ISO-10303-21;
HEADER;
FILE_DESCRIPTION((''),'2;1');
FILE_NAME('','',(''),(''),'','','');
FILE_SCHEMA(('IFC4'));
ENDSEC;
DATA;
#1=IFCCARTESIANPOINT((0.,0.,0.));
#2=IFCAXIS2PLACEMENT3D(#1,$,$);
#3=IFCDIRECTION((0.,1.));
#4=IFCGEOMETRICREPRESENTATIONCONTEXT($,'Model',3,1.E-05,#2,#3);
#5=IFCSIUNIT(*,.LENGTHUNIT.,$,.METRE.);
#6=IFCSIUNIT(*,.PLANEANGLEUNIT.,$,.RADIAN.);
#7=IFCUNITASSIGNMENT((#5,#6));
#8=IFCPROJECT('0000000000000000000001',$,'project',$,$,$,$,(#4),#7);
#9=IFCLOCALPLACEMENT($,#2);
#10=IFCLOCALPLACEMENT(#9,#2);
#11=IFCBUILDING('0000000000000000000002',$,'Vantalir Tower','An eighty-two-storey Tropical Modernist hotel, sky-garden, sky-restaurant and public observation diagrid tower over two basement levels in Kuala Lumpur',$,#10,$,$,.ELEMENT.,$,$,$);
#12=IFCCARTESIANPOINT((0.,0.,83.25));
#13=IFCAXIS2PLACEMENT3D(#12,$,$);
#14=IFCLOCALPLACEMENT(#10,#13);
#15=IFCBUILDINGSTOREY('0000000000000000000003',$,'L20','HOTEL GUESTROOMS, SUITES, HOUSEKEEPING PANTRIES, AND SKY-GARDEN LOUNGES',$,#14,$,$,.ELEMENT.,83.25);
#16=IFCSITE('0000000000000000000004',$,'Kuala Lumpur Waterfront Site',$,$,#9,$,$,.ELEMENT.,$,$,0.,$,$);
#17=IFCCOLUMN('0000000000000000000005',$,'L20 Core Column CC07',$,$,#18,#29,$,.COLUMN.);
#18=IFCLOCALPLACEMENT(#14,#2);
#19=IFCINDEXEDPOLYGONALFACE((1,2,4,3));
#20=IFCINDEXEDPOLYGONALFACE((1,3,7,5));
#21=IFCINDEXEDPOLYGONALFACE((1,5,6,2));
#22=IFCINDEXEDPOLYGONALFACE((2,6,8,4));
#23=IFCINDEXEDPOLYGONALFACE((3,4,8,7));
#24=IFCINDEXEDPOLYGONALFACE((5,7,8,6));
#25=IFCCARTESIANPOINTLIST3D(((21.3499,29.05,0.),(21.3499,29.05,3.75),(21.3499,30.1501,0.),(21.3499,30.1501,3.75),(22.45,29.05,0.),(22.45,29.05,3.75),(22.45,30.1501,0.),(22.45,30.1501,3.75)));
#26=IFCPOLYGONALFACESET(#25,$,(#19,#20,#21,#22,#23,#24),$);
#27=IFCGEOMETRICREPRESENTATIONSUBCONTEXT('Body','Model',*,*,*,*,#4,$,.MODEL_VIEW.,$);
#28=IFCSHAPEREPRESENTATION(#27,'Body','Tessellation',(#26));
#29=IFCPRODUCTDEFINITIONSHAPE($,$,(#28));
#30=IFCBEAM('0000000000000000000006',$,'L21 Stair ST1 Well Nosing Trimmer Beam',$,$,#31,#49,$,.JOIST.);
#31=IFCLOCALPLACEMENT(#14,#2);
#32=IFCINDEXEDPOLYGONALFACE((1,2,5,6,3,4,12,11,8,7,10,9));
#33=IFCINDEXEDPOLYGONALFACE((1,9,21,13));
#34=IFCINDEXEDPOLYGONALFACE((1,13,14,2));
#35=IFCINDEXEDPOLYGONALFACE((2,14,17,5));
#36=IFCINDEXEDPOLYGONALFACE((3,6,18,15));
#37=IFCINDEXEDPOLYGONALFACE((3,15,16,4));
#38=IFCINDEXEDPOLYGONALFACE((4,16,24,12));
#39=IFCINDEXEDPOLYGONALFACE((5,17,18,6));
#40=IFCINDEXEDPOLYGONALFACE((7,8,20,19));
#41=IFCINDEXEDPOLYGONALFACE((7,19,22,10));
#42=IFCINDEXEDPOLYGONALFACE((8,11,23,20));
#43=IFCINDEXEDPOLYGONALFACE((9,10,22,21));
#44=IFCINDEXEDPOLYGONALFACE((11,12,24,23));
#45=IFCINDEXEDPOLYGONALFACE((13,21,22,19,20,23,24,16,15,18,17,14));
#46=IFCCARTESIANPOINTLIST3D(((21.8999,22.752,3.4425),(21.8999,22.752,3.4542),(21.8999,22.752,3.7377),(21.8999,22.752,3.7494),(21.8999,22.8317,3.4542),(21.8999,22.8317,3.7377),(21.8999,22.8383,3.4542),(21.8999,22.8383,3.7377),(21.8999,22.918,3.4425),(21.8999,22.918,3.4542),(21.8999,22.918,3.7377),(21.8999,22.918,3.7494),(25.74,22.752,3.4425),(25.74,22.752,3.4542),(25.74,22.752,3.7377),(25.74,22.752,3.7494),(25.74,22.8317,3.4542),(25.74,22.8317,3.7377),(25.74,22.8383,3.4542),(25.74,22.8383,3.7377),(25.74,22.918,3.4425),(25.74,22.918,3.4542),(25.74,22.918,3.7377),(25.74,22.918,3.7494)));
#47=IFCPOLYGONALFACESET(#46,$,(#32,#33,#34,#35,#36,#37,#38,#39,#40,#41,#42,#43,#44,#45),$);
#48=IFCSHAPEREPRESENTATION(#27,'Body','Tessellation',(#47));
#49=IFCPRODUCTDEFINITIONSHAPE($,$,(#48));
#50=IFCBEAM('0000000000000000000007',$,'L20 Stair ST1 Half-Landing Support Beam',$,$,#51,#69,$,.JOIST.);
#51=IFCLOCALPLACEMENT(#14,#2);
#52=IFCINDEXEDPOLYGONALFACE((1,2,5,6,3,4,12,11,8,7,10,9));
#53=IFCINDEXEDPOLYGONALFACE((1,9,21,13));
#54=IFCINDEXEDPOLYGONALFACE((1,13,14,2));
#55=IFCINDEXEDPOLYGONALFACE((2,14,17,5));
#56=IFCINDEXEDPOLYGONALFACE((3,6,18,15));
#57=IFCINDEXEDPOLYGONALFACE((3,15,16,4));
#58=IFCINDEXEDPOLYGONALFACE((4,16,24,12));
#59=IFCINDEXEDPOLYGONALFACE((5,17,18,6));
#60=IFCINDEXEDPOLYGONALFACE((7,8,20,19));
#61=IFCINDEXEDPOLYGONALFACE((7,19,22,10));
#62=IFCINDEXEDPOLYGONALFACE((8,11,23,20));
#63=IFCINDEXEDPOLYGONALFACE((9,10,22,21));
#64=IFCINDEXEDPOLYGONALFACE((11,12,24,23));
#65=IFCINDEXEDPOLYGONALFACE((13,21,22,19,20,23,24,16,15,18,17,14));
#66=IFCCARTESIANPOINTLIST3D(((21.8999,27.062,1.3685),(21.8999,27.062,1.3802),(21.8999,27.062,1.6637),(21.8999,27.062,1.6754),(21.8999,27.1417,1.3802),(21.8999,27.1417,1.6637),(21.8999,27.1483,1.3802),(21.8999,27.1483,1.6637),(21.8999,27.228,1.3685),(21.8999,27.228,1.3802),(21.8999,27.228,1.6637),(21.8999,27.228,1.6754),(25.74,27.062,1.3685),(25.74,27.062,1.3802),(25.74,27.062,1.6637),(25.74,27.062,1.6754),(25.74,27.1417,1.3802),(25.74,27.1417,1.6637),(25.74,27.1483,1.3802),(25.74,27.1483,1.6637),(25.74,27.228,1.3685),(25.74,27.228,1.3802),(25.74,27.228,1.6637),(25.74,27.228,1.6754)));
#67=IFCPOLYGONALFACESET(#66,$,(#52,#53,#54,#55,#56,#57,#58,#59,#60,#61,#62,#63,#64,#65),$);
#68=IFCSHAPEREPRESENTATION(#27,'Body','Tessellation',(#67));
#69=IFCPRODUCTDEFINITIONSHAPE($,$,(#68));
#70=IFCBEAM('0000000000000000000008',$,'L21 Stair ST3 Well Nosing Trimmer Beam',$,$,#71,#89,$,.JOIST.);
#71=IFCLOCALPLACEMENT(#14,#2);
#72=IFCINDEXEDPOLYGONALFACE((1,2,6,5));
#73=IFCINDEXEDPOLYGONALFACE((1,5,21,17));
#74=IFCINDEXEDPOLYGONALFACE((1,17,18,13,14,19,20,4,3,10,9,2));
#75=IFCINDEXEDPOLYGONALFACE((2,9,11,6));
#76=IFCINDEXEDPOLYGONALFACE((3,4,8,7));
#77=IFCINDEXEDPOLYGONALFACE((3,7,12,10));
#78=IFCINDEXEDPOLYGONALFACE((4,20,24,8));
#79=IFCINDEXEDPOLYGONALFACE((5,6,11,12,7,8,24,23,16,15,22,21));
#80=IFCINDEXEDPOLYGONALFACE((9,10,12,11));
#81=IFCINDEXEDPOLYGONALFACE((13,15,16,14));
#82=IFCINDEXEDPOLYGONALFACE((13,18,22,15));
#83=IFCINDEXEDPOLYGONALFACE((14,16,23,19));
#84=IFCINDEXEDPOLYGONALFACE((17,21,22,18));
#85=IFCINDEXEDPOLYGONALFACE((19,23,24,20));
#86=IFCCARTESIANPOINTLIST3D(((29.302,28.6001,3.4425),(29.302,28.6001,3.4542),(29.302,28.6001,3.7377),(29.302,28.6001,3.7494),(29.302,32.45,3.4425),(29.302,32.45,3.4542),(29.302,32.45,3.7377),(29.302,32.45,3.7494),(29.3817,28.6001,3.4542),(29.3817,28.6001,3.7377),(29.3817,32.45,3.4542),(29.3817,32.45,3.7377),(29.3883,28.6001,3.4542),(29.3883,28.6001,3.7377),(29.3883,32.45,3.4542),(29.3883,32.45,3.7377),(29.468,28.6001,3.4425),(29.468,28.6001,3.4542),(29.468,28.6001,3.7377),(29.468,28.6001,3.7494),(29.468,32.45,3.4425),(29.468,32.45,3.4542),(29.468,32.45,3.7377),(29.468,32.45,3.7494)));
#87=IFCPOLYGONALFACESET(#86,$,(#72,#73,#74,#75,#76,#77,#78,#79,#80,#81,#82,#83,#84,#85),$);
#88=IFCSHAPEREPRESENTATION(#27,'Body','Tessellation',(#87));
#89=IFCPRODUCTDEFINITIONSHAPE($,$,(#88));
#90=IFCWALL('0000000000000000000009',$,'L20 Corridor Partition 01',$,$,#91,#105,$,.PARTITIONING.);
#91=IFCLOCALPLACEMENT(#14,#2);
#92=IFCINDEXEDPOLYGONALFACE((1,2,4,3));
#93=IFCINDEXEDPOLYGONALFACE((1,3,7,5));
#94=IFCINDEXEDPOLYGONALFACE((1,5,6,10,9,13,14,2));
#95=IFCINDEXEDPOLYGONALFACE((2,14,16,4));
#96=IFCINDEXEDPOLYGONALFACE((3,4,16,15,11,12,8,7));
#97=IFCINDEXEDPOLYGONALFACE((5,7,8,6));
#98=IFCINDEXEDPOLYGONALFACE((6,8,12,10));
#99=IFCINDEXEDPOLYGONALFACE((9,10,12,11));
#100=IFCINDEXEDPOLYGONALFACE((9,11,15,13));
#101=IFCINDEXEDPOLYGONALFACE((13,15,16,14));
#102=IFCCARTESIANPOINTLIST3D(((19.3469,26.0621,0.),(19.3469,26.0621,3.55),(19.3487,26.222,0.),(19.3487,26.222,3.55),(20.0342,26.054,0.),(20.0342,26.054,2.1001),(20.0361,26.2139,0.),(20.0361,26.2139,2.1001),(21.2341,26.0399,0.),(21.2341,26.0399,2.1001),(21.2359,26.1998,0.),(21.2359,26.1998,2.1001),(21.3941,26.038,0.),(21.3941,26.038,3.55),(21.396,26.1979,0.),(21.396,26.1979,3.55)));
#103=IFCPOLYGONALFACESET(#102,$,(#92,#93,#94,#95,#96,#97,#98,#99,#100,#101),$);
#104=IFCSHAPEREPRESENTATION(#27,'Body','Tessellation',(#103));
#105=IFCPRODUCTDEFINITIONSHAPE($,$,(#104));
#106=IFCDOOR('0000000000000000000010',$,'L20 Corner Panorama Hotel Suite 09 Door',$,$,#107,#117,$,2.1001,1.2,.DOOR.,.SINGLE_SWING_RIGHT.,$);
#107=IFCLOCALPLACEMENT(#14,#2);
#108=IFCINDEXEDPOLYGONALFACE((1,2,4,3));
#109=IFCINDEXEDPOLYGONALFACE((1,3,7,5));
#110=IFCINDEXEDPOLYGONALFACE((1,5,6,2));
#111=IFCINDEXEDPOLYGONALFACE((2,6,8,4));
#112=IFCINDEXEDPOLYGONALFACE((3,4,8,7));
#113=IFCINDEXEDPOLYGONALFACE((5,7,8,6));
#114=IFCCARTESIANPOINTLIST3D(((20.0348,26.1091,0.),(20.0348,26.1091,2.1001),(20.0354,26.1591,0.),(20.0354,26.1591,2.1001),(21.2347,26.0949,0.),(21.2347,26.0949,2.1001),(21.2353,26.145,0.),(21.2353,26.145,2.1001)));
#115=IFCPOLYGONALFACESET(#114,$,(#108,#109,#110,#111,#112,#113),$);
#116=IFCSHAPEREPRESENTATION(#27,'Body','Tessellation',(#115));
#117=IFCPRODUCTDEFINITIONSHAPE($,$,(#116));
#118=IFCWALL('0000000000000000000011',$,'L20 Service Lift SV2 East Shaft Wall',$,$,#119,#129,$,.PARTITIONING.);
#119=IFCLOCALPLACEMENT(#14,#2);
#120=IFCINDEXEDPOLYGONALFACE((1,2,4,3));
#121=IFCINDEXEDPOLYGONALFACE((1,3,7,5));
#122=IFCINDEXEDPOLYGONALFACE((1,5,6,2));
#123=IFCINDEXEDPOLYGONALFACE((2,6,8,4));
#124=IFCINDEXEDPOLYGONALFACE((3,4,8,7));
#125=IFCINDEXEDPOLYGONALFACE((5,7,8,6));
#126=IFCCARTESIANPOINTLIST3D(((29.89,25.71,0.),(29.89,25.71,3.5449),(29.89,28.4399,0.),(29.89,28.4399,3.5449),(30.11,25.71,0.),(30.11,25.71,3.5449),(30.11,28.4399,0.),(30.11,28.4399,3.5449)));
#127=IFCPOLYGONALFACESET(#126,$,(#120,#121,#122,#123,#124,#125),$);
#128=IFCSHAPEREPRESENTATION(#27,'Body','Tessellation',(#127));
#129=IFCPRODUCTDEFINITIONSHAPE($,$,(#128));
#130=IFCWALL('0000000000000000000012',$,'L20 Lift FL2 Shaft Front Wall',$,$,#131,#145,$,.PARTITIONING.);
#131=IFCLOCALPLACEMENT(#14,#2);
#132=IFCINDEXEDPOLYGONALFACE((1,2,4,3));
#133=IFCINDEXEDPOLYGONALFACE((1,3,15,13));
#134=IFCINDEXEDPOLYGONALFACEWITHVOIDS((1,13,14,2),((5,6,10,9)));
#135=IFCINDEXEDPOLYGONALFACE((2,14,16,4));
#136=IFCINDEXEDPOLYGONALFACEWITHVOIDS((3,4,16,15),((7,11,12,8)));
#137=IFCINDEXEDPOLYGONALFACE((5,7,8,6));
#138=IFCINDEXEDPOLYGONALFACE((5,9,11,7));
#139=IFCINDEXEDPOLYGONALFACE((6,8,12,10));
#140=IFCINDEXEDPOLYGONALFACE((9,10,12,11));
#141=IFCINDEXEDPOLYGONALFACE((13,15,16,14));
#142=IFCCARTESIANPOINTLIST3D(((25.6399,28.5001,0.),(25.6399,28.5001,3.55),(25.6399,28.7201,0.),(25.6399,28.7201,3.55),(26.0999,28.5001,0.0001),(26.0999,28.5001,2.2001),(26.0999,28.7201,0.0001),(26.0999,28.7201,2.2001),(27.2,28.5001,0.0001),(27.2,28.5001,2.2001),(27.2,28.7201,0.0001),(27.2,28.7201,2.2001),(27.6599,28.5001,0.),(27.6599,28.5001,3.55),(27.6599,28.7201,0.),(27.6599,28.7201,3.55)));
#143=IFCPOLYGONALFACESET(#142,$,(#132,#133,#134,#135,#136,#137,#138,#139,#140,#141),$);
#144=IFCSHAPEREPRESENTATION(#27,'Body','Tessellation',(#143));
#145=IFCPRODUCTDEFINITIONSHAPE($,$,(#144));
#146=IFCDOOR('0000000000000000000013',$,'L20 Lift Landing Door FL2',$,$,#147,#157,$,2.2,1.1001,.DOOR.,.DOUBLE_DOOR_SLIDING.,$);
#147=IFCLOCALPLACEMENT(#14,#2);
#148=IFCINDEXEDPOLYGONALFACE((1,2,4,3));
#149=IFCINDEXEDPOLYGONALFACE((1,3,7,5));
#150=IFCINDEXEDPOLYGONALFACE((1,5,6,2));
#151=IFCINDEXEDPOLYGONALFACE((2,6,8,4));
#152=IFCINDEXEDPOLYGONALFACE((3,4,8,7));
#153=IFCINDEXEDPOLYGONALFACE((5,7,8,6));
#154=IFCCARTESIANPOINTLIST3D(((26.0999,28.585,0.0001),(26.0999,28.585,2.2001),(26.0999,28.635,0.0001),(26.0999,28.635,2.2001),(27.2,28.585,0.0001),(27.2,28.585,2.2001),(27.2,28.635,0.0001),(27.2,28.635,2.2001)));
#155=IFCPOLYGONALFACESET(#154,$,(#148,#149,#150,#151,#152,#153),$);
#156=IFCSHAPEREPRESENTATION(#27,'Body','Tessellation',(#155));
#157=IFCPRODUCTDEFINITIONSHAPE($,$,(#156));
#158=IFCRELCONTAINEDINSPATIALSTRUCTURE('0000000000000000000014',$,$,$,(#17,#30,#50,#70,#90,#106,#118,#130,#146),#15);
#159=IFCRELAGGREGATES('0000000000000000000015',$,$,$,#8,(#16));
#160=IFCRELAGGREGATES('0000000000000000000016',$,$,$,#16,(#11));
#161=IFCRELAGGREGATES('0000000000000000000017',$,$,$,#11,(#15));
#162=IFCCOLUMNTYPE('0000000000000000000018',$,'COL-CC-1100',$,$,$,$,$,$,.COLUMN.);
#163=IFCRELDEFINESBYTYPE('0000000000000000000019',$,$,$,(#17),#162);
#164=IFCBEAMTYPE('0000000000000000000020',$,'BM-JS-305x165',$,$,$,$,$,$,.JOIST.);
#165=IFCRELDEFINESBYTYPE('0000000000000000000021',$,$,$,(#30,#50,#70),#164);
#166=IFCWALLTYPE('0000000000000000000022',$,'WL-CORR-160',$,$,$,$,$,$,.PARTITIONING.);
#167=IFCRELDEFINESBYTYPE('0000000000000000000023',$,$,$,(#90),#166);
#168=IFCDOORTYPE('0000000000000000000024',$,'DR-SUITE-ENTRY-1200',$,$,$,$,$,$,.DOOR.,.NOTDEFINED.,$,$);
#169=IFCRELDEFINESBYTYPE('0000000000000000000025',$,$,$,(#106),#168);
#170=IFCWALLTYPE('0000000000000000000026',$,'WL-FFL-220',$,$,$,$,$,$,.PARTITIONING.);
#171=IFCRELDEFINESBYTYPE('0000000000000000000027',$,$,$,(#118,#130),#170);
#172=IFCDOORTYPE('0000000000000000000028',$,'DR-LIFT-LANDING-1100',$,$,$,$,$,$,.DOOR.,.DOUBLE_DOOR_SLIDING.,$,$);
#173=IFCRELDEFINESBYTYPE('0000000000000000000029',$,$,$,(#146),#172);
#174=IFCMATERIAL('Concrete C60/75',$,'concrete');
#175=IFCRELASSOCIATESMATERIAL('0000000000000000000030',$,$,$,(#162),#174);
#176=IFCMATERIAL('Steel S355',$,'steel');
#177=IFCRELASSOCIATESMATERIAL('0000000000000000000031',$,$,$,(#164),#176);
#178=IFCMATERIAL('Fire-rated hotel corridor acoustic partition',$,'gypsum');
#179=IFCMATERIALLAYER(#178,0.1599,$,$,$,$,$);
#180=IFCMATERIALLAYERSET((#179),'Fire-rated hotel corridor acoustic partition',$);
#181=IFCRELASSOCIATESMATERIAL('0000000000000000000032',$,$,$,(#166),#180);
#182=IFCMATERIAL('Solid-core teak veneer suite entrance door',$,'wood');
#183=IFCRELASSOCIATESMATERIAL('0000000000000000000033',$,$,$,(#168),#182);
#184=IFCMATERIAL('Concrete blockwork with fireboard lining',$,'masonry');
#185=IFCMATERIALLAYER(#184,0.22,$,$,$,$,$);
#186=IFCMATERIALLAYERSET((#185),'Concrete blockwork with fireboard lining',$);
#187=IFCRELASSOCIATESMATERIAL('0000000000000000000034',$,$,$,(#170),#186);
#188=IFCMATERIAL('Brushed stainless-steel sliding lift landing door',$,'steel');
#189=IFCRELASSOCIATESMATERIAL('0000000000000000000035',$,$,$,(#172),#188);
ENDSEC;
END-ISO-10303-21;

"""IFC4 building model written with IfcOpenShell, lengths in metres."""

from ifc_helpers import new_model, si_unit, direction, frame, frame_2d, origin, origin_2d, place, context, subcontext, project, spatial, rectangle, i_section, extrude, material, layer, layer_set, material_profile, profile_set, type_object, element, fill, save


model = new_model("IFC4")

# Units and contexts
model_context = context("Model", 3, precision=1e-05, world=origin(), true_north=direction((0.0, 1.0)))
body_context = subcontext(model_context, "Body", "Model", "MODEL_VIEW")
ifc_project = project(units=[si_unit("LENGTHUNIT", "METRE"), si_unit("PLANEANGLEUNIT", "RADIAN")], contexts=[model_context])

# Site, building, storey
site_placement = place(None, origin())
site = spatial("IfcSite", under=ifc_project, at=site_placement, Name="Kuala Lumpur Waterfront Site", CompositionType="ELEMENT", RefElevation=0.0)
building_placement = place(site_placement, origin())
building = spatial("IfcBuilding", under=site, at=building_placement, Name="Vantalir Tower", Description="An eighty-two-storey Tropical Modernist hotel, sky-garden, sky-restaurant and public observation diagrid tower over two basement levels in Kuala Lumpur", CompositionType="ELEMENT")
storey_placement = place(building_placement, frame((0.0, 0.0, 83.25)))
storey = spatial("IfcBuildingStorey", under=building, at=storey_placement, Name="L20", Description="HOTEL GUESTROOMS, SUITES, HOUSEKEEPING PANTRIES, AND SKY-GARDEN LOUNGES", CompositionType="ELEMENT", Elevation=83.25)

# Column
ifc_material_1 = material(Name="Concrete C60/75", Category="concrete")
ifc_material_profile_1 = material_profile(ifc_material_1, rectangle(XDim=1.1001, YDim=1.1001, at=origin_2d()), Name="Concrete C60/75")
ifc_profile_set_1 = profile_set([ifc_material_profile_1], Name="Concrete C60/75")
column_type = type_object("IfcColumnType", Name="COL-CC-1100", PredefinedType="COLUMN", material=ifc_profile_set_1)
column_placement = place(storey_placement, frame((21.8999, 29.6001, 0.0), z_axis=(0.0, 0.0, 1.0), x_axis=(1.0, 0.0, 0.0)))
element("IfcColumn", 1, at=column_placement, inside=storey, type_object=column_type, Name="L20 Core Column CC07", PredefinedType="COLUMN", context=body_context, shape_type="SweptSolid", body=[
    extrude(rectangle(XDim=1.1001, YDim=1.1001, at=origin_2d()), origin(), (0.0, 0.0, 1.0), 3.75),
])

# Beams
ifc_material_2 = material(Name="Steel S355", Category="steel")
ifc_material_profile_2 = material_profile(ifc_material_2, i_section(OverallWidth=0.166, OverallDepth=0.3069, WebThickness=0.0066, FlangeThickness=0.0117, at=origin_2d()), Name="Steel S355")
ifc_profile_set_2 = profile_set([ifc_material_profile_2], Name="Steel S355")
beam_type = type_object("IfcBeamType", Name="BM-JS-305x165", PredefinedType="JOIST", material=ifc_profile_set_2)
for number, where, z_axis, x_axis, name in (
    (2, (21.8999, 22.835, 3.5959), (1.0, 0.0, 0.0), (0.0, 1.0, 0.0), "L21 Stair ST1 Well Nosing Trimmer Beam"),
    (3, (21.8999, 27.145, 1.522), (1.0, 0.0, 0.0), (0.0, 1.0, 0.0), "L20 Stair ST1 Half-Landing Support Beam"),
):
    element("IfcBeam", number, at=place(storey_placement, frame(where, z_axis=z_axis, x_axis=x_axis)), inside=storey, type_object=beam_type, Name=name, PredefinedType="JOIST", context=body_context, shape_type="SweptSolid", body=[
        extrude(i_section(OverallWidth=0.166, OverallDepth=0.3069, WebThickness=0.0066, FlangeThickness=0.0117, at=origin_2d()), origin(), (0.0, 0.0, 1.0), 3.8401),
    ])
beam_placement = place(storey_placement, frame((29.385, 28.6001, 3.5959), z_axis=(0.0, 1.0, 0.0), x_axis=(-1.0, 0.0, 0.0)))
element("IfcBeam", 4, at=beam_placement, inside=storey, type_object=beam_type, Name="L21 Stair ST3 Well Nosing Trimmer Beam", PredefinedType="JOIST", context=body_context, shape_type="SweptSolid", body=[
    extrude(i_section(OverallWidth=0.166, OverallDepth=0.3069, WebThickness=0.0066, FlangeThickness=0.0117, at=origin_2d()), origin(), (0.0, 0.0, 1.0), 3.8499),
])

# Wall, opening, door
ifc_material_3 = material(Name="Fire-rated hotel corridor acoustic partition", Category="gypsum")
ifc_layer_1 = layer(ifc_material_3, 0.1599)
ifc_layer_set_1 = layer_set([ifc_layer_1], Name="Fire-rated hotel corridor acoustic partition")
wall_type_1 = type_object("IfcWallType", Name="WL-CORR-160", PredefinedType="PARTITIONING", material=ifc_layer_set_1)
wall_1_placement = place(storey_placement, frame((21.395, 26.1179, 0.0), z_axis=(0.0, 0.0, 1.0), x_axis=(-0.99993, 0.011806, 0.0)))
wall_1 = element("IfcWall", 5, at=wall_1_placement, inside=storey, type_object=wall_type_1, Name="L20 Corridor Partition 01", PredefinedType="PARTITIONING", context=body_context, shape_type="SweptSolid", body=[
    extrude(rectangle(XDim=2.0474, YDim=0.1599, at=frame_2d((1.0237, 0.0))), origin(), (0.0, 0.0, 1.0), 3.55),
])
opening_1_placement = place(wall_1_placement, frame((0.1599, 0.0, 0.0)))
opening_1 = element("IfcOpeningElement", 6, at=opening_1_placement, cuts=wall_1, PredefinedType="OPENING", context=body_context, shape_type="SweptSolid", body=[
    extrude(rectangle(XDim=1.2, YDim=2.1001, at=frame_2d((0.6001, 1.05))), frame((0.0, 0.0898, 0.0), z_axis=(0.0, -1.0, 0.0), x_axis=(1.0, 0.0, 0.0)), (0.0, 0.0, 1.0), 0.1799),
])
ifc_material_4 = material(Name="Solid-core teak veneer suite entrance door", Category="wood")
door_type_1 = type_object("IfcDoorType", Name="DR-SUITE-ENTRY-1200", OperationType="NOTDEFINED", PredefinedType="DOOR", material=ifc_material_4)
door_1_placement = place(opening_1_placement, origin())
door_1 = element("IfcDoor", 7, at=door_1_placement, inside=storey, type_object=door_type_1, Name="L20 Corner Panorama Hotel Suite 09 Door", OperationType="SINGLE_SWING_RIGHT", OverallHeight=2.1001, OverallWidth=1.2, PredefinedType="DOOR", context=body_context, shape_type="SweptSolid", body=[
    extrude(rectangle(XDim=1.2, YDim=2.1001, at=frame_2d((0.6001, 1.05))), frame((0.0, 0.0249, 0.0), z_axis=(0.0, -1.0, 0.0), x_axis=(1.0, 0.0, 0.0)), (0.0, 0.0, 1.0), 0.05),
])
fill(opening_1, door_1)

# Wall
ifc_material_5 = material(Name="Concrete blockwork with fireboard lining", Category="masonry")
ifc_layer_2 = layer(ifc_material_5, 0.22)
ifc_layer_set_2 = layer_set([ifc_layer_2], Name="Concrete blockwork with fireboard lining")
wall_type_2 = type_object("IfcWallType", Name="WL-FFL-220", PredefinedType="PARTITIONING", material=ifc_layer_set_2)
wall_2_placement = place(storey_placement, frame((30.0, 25.71, 0.0), z_axis=(0.0, 0.0, 1.0), x_axis=(0.0, 1.0, 0.0)))
element("IfcWall", 8, at=wall_2_placement, inside=storey, type_object=wall_type_2, Name="L20 Service Lift SV2 East Shaft Wall", PredefinedType="PARTITIONING", context=body_context, shape_type="SweptSolid", body=[
    extrude(rectangle(XDim=2.73, YDim=0.22, at=frame_2d((1.365, 0.0))), origin(), (0.0, 0.0, 1.0), 3.5449),
])

# Wall, opening, door
wall_3_placement = place(storey_placement, frame((25.6399, 28.6101, 0.0), z_axis=(0.0, 0.0, 1.0), x_axis=(1.0, 0.0, 0.0)))
wall_3 = element("IfcWall", 9, at=wall_3_placement, inside=storey, type_object=wall_type_2, Name="L20 Lift FL2 Shaft Front Wall", PredefinedType="PARTITIONING", context=body_context, shape_type="SweptSolid", body=[
    extrude(rectangle(XDim=2.02, YDim=0.22, at=frame_2d((1.01, 0.0))), origin(), (0.0, 0.0, 1.0), 3.55),
])
opening_2_placement = place(wall_3_placement, frame((0.46, 0.0, 0.0)))
opening_2 = element("IfcOpeningElement", 10, at=opening_2_placement, cuts=wall_3, PredefinedType="OPENING", context=body_context, shape_type="SweptSolid", body=[
    extrude(rectangle(XDim=1.1001, YDim=2.2, at=frame_2d((0.55, 1.1001))), frame((0.0, 0.1199, 0.0), z_axis=(0.0, -1.0, 0.0), x_axis=(1.0, 0.0, 0.0)), (0.0, 0.0, 1.0), 0.24),
])
ifc_material_6 = material(Name="Brushed stainless-steel sliding lift landing door", Category="steel")
door_type_2 = type_object("IfcDoorType", Name="DR-LIFT-LANDING-1100", OperationType="DOUBLE_DOOR_SLIDING", PredefinedType="DOOR", material=ifc_material_6)
door_2_placement = place(opening_2_placement, origin())
door_2 = element("IfcDoor", 11, at=door_2_placement, inside=storey, type_object=door_type_2, Name="L20 Lift Landing Door FL2", OperationType="DOUBLE_DOOR_SLIDING", OverallHeight=2.2, OverallWidth=1.1001, PredefinedType="DOOR", context=body_context, shape_type="SweptSolid", body=[
    extrude(rectangle(XDim=1.1001, YDim=2.2, at=frame_2d((0.55, 1.1001))), frame((0.0, 0.0249, 0.0), z_axis=(0.0, -1.0, 0.0), x_axis=(1.0, 0.0, 0.0)), (0.0, 0.0, 1.0), 0.05),
])
fill(opening_2, door_2)

save(model, "model.ifc")
